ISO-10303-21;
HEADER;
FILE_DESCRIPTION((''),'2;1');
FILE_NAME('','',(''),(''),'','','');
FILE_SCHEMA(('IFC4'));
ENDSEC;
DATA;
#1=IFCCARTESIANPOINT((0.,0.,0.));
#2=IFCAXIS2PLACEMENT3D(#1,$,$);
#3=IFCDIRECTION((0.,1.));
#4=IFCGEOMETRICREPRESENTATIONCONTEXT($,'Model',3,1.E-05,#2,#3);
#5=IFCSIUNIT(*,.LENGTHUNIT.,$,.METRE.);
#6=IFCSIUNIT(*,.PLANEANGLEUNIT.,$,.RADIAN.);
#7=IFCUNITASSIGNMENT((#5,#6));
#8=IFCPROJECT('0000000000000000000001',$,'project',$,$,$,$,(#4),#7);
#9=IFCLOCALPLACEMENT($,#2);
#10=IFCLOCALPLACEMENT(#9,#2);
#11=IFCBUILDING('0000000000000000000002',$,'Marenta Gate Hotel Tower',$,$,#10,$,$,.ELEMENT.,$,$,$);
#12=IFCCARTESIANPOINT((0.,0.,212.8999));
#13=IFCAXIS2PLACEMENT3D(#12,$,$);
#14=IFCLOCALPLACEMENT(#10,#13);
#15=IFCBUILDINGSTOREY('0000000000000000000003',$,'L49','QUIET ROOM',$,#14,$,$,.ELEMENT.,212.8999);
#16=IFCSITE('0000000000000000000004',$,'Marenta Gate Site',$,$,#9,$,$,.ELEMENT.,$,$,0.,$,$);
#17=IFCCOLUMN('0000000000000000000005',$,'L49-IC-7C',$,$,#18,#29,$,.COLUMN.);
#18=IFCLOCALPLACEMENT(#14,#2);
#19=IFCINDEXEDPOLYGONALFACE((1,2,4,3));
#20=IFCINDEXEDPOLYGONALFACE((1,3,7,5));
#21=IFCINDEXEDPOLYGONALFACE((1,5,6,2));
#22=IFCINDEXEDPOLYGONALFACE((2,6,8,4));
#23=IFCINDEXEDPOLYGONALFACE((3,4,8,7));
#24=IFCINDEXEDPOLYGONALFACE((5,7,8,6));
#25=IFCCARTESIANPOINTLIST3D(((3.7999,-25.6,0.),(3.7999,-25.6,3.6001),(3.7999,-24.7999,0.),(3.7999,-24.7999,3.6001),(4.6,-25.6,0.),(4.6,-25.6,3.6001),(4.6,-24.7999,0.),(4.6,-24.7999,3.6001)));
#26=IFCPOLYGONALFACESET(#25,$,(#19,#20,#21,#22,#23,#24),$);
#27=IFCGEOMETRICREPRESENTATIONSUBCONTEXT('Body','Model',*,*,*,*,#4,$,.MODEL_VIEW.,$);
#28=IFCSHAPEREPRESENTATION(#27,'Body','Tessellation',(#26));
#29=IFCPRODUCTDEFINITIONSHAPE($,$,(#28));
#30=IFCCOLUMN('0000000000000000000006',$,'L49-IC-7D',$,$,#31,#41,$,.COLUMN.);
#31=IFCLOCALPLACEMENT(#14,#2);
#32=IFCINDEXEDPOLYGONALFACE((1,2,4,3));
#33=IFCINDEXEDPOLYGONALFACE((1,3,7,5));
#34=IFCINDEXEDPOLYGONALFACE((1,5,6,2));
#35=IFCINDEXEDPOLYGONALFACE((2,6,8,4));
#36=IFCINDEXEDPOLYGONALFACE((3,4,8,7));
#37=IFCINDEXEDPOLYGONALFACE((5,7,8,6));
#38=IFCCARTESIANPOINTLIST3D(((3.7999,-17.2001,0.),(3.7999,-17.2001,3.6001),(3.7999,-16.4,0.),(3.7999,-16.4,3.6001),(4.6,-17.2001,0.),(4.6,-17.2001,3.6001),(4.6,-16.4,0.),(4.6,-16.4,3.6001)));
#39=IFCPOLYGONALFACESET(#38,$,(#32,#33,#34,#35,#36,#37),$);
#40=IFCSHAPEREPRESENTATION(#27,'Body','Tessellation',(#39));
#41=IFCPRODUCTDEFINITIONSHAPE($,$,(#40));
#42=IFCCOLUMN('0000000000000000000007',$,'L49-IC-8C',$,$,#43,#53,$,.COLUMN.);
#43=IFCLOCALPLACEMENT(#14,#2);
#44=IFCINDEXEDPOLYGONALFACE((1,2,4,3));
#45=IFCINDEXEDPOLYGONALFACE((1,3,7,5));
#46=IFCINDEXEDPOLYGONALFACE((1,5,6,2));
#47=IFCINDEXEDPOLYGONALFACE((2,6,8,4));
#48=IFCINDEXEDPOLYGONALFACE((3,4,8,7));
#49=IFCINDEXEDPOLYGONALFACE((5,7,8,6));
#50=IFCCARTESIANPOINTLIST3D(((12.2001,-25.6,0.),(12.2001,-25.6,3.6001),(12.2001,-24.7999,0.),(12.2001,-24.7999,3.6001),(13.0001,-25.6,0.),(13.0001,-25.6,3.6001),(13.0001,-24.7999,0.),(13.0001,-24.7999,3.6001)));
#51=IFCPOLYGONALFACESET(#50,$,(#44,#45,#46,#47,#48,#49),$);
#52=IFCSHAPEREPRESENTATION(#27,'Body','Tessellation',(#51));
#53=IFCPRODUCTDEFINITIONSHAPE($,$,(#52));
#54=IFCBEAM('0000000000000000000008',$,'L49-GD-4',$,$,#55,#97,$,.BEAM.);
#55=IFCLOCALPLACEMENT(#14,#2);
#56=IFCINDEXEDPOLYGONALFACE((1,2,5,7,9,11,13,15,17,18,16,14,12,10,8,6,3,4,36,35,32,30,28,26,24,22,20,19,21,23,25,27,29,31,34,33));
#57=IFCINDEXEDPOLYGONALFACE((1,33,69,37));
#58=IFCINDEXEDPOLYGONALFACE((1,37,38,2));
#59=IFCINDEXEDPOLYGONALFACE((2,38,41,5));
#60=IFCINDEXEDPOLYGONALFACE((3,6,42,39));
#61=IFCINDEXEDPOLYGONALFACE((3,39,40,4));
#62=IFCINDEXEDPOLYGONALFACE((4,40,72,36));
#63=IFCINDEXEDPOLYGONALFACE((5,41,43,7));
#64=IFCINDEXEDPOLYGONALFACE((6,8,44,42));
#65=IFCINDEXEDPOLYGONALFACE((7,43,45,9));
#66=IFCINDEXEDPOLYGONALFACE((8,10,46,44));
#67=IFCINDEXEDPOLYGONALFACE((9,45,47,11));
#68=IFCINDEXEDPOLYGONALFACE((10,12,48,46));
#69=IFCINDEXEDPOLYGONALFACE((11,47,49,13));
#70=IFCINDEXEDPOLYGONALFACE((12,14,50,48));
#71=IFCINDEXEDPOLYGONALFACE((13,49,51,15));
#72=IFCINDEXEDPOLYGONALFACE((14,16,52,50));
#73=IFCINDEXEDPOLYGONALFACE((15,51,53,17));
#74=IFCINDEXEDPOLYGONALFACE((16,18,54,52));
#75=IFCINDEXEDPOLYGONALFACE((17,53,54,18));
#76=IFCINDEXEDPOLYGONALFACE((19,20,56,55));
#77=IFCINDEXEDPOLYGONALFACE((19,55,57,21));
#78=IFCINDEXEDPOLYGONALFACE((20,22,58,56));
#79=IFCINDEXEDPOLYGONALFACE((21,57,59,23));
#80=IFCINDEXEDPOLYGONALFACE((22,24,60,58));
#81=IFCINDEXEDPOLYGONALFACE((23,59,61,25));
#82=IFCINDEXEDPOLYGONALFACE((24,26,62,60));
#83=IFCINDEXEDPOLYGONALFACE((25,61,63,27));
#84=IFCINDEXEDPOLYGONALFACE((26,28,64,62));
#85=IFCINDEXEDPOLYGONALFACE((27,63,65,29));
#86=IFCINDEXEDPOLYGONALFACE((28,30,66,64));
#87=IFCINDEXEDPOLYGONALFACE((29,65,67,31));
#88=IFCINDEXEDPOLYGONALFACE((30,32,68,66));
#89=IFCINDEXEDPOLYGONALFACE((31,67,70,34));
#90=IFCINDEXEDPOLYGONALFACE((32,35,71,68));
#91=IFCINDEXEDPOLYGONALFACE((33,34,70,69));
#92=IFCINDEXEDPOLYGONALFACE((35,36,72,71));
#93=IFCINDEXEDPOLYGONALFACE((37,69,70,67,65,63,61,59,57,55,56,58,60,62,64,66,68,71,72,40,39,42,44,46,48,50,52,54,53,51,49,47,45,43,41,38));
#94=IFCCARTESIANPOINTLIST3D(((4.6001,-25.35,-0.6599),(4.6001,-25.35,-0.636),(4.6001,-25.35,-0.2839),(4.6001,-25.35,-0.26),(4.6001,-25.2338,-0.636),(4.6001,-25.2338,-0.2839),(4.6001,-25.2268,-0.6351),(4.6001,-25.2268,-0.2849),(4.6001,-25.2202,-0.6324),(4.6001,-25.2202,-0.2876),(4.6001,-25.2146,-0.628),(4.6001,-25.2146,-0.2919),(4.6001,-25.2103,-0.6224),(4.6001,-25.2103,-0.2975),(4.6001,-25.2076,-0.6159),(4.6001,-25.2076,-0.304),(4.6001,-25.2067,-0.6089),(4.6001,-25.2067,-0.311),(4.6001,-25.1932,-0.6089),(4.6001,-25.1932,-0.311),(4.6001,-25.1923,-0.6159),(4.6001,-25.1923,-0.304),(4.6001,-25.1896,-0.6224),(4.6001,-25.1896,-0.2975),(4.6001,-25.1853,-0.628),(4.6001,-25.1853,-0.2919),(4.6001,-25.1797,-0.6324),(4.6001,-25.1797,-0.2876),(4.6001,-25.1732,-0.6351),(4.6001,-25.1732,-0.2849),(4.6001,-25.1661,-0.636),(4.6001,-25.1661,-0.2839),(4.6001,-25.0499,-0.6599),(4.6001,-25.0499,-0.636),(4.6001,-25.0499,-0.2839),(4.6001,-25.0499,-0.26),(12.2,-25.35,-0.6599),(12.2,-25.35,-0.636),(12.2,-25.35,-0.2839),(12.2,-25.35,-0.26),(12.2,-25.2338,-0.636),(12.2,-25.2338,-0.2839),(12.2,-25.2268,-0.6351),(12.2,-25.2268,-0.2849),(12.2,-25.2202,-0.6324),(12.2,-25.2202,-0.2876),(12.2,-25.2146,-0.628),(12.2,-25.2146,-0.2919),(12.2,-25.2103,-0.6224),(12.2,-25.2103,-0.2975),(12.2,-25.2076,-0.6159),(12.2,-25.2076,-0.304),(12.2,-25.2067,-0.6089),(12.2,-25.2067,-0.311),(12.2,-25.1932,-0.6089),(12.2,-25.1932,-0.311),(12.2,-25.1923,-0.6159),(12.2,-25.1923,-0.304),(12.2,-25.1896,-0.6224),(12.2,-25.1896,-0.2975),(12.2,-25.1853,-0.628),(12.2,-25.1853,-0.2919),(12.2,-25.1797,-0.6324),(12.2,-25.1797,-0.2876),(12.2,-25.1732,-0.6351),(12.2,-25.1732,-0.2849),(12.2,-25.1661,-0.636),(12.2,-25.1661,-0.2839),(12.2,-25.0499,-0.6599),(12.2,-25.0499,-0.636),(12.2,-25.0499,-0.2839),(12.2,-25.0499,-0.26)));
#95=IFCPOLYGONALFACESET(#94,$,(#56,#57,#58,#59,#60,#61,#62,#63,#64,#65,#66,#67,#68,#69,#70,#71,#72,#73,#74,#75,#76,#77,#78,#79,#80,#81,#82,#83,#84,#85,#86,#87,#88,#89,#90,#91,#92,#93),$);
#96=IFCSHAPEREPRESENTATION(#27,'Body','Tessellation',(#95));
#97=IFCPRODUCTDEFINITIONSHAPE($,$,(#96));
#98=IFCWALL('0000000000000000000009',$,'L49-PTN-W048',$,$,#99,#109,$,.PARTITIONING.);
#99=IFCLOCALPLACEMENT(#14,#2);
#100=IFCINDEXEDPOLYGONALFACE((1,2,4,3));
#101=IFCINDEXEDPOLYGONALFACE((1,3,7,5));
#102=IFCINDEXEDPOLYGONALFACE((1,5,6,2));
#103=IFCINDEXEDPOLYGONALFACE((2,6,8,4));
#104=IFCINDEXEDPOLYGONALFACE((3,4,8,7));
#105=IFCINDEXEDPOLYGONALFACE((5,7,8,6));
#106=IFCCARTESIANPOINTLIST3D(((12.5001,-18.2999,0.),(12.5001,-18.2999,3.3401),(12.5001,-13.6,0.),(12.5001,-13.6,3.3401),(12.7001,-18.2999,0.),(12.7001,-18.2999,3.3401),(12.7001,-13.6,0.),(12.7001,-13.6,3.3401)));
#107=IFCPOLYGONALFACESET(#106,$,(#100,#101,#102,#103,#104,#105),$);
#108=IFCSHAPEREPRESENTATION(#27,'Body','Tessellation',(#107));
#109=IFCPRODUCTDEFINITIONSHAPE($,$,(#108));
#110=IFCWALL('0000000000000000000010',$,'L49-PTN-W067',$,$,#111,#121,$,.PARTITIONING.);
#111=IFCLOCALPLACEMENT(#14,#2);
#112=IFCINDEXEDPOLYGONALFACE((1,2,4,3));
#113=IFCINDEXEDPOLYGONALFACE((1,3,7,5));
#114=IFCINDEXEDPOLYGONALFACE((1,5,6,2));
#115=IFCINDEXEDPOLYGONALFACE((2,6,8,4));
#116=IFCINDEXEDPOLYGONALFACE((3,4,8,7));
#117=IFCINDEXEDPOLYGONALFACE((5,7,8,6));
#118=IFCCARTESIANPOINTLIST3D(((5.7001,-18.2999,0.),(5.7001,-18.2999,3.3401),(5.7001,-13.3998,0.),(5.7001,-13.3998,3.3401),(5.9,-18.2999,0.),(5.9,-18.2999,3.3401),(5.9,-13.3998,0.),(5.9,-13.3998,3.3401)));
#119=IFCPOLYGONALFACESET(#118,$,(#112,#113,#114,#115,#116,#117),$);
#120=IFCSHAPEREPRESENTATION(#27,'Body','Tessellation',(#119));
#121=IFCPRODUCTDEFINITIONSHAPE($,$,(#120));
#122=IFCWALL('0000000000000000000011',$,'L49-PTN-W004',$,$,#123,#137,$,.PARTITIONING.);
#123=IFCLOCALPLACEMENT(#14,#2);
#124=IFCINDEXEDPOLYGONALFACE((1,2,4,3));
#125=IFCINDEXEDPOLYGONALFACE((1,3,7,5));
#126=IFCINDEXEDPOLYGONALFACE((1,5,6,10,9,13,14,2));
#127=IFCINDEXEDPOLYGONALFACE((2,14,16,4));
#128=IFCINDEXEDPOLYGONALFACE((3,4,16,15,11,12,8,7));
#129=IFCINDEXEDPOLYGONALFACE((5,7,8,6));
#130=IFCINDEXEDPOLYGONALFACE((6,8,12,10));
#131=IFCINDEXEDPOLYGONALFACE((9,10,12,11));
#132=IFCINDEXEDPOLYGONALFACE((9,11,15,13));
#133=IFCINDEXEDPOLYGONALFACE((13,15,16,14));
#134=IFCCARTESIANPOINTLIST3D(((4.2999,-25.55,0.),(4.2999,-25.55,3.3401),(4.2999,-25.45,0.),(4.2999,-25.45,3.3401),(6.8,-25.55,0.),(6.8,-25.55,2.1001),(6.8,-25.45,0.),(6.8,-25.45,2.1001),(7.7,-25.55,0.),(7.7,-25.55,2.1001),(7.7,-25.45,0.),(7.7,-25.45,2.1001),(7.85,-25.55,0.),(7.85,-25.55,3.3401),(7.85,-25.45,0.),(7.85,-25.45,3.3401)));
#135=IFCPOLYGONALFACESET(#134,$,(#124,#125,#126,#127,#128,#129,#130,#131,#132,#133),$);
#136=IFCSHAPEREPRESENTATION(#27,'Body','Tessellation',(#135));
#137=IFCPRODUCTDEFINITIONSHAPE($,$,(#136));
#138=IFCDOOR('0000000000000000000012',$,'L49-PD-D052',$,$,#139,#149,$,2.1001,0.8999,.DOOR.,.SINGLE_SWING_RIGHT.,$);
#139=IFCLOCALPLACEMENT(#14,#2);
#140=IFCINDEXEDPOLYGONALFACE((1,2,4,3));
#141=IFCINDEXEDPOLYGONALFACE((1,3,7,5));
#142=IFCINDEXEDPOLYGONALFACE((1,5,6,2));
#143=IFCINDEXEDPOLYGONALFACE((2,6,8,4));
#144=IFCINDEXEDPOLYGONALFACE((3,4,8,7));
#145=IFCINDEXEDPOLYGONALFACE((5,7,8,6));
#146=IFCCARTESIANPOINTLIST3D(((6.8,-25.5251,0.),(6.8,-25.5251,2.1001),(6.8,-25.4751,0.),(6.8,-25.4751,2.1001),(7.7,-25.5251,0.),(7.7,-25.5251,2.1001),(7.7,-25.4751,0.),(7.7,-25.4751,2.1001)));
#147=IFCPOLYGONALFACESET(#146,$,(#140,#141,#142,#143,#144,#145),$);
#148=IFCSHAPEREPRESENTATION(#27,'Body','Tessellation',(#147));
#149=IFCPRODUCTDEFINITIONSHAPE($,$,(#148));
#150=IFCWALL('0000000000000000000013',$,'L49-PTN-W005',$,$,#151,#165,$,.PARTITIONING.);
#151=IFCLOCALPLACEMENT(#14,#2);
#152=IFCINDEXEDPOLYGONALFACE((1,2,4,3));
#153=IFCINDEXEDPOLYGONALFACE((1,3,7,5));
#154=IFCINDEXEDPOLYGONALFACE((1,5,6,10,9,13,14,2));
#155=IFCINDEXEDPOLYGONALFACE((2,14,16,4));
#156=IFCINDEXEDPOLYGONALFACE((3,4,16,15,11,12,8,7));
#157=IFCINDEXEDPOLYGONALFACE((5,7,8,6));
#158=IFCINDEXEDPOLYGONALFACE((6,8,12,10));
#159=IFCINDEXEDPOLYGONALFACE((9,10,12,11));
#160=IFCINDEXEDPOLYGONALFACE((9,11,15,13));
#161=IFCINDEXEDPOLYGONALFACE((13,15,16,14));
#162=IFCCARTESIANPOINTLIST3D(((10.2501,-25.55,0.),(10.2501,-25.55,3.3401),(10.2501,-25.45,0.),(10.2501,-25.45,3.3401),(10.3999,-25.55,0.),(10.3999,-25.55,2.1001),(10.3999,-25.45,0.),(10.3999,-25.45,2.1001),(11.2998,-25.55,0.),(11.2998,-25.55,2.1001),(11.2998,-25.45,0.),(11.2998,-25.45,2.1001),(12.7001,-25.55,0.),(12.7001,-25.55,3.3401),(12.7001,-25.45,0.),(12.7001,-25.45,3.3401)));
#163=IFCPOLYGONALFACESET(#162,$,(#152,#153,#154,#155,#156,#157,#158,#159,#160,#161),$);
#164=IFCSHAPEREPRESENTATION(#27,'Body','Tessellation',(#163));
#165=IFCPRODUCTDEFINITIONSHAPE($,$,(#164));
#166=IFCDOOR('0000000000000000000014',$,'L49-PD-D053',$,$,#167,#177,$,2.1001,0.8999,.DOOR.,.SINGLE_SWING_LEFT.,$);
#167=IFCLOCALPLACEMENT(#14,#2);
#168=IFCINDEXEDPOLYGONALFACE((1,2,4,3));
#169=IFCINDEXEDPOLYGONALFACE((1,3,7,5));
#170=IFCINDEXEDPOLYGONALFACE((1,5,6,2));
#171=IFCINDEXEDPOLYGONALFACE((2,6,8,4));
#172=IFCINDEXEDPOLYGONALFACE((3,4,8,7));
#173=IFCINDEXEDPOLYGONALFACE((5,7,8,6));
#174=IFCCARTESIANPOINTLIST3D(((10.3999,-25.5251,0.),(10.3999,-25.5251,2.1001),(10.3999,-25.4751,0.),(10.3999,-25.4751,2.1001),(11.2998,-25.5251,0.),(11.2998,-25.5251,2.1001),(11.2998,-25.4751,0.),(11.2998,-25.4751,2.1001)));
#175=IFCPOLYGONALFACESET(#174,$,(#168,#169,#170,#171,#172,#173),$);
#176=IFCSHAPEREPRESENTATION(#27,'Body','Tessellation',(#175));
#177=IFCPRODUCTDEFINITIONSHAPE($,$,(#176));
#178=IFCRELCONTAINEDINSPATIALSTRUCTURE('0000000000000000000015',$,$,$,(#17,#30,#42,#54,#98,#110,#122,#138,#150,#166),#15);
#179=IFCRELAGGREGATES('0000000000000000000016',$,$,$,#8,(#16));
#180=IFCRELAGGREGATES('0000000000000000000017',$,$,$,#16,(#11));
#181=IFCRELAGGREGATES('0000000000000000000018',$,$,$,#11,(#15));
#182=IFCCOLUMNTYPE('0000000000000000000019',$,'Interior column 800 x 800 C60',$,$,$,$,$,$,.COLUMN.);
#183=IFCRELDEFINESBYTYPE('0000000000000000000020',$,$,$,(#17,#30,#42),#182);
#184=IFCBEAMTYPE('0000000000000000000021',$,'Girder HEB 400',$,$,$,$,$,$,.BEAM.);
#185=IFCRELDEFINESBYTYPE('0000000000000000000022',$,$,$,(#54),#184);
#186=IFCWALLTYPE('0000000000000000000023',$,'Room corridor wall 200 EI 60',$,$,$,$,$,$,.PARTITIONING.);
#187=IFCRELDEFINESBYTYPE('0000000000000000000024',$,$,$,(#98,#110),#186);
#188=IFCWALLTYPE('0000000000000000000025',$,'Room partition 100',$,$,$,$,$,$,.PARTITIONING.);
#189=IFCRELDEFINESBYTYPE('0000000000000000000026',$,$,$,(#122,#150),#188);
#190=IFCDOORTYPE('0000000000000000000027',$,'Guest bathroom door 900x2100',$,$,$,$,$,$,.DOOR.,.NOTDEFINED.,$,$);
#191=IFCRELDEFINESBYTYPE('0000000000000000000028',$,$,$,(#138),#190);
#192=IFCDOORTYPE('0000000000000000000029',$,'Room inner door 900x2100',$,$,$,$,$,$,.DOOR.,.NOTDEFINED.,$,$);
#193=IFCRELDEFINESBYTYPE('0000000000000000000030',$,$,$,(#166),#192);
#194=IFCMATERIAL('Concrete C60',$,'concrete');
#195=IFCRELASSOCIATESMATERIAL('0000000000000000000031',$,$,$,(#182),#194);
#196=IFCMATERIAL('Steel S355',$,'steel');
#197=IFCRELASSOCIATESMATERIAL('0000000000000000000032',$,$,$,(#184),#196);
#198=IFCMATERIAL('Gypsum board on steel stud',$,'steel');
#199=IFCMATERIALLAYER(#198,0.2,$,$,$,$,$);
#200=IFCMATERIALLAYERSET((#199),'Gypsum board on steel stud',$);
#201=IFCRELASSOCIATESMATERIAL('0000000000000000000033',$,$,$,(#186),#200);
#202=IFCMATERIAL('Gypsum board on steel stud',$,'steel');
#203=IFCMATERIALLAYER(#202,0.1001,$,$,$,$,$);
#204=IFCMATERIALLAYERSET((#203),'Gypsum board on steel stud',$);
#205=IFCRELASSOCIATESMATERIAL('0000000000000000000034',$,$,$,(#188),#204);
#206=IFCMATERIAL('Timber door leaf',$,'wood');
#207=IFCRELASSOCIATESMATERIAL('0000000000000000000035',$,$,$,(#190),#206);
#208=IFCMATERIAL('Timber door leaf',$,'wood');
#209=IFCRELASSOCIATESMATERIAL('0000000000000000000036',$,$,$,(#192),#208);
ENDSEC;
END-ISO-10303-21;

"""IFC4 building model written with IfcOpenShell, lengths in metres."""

from ifc_helpers import new_model, si_unit, direction, frame, frame_2d, origin, origin_2d, place, context, subcontext, project, spatial, rectangle, i_section, extrude, material, layer, layer_set, material_profile, profile_set, type_object, element, fill, save


model = new_model("IFC4")

# Units and contexts
model_context = context("Model", 3, precision=1e-05, world=origin(), true_north=direction((0.0, 1.0)))
body_context = subcontext(model_context, "Body", "Model", "MODEL_VIEW")
ifc_project = project(units=[si_unit("LENGTHUNIT", "METRE"), si_unit("PLANEANGLEUNIT", "RADIAN")], contexts=[model_context])

# Site, building, storey
site_placement = place(None, origin())
site = spatial("IfcSite", under=ifc_project, at=site_placement, Name="Marenta Gate Site", CompositionType="ELEMENT", RefElevation=0.0)
building_placement = place(site_placement, origin())
building = spatial("IfcBuilding", under=site, at=building_placement, Name="Marenta Gate Hotel Tower", CompositionType="ELEMENT")
storey_placement = place(building_placement, frame((0.0, 0.0, 212.8999)))
storey = spatial("IfcBuildingStorey", under=building, at=storey_placement, Name="L49", Description="QUIET ROOM", CompositionType="ELEMENT", Elevation=212.8999)

# Columns
ifc_material_1 = material(Name="Concrete C60", Category="concrete")
ifc_material_profile_1 = material_profile(ifc_material_1, rectangle(XDim=0.8, YDim=0.8, at=origin_2d()), Name="800 x 800")
ifc_profile_set_1 = profile_set([ifc_material_profile_1], Name="Concrete C60")
column_type = type_object("IfcColumnType", Name="Interior column 800 x 800 C60", PredefinedType="COLUMN", material=ifc_profile_set_1)
for number, where, z_axis, x_axis, name in (
    (1, (4.2, -25.2, 0.0), (0.0, 0.0, 1.0), (1.0, 0.0, 0.0), "L49-IC-7C"),
    (2, (4.2, -16.8, 0.0), (0.0, 0.0, 1.0), (1.0, 0.0, 0.0), "L49-IC-7D"),
    (3, (12.6001, -25.2, 0.0), (0.0, 0.0, 1.0), (1.0, 0.0, 0.0), "L49-IC-8C"),
):
    element("IfcColumn", number, at=place(storey_placement, frame(where, z_axis=z_axis, x_axis=x_axis)), inside=storey, type_object=column_type, Name=name, PredefinedType="COLUMN", context=body_context, shape_type="SweptSolid", body=[
        extrude(rectangle(XDim=0.8, YDim=0.8, at=origin_2d()), origin(), (0.0, 0.0, 1.0), 3.6001),
    ])

# Beam
ifc_material_2 = material(Name="Steel S355", Category="steel")
ifc_material_profile_2 = material_profile(ifc_material_2, i_section(OverallWidth=0.3, OverallDepth=0.3999, WebThickness=0.0134, FlangeThickness=0.0239, FilletRadius=0.0271, at=origin_2d()), Name="HEB 400")
ifc_profile_set_2 = profile_set([ifc_material_profile_2], Name="Steel S355")
beam_type = type_object("IfcBeamType", Name="Girder HEB 400", PredefinedType="BEAM", material=ifc_profile_set_2)
beam_placement = place(storey_placement, frame((4.6001, -25.2, -0.46), z_axis=(1.0, 0.0, 0.0), x_axis=(0.0, 1.0, 0.0)))
element("IfcBeam", 4, at=beam_placement, inside=storey, type_object=beam_type, Name="L49-GD-4", PredefinedType="BEAM", context=body_context, shape_type="SweptSolid", body=[
    extrude(i_section(OverallWidth=0.3, OverallDepth=0.3999, WebThickness=0.0134, FlangeThickness=0.0239, FilletRadius=0.0271, at=origin_2d()), origin(), (0.0, 0.0, 1.0), 7.5999),
])

# Shared definitions
ifc_material_3 = material(Name="Gypsum board on steel stud", Category="steel")
ifc_layer_1 = layer(ifc_material_3, 0.2)
ifc_layer_set_1 = layer_set([ifc_layer_1], Name="Gypsum board on steel stud")
wall_type_1 = type_object("IfcWallType", Name="Room corridor wall 200 EI 60", PredefinedType="PARTITIONING", material=ifc_layer_set_1)

# Walls
wall_1_placement = place(storey_placement, frame((12.6001, -18.3, 0.0), z_axis=(0.0, 0.0, 1.0), x_axis=(0.0, 1.0, 0.0)))
element("IfcWall", 5, at=wall_1_placement, inside=storey, type_object=wall_type_1, Name="L49-PTN-W048", PredefinedType="PARTITIONING", context=body_context, shape_type="SweptSolid", body=[
    extrude(rectangle(XDim=4.7, YDim=0.2, at=frame_2d((2.3501, 0.0))), origin(), (0.0, 0.0, 1.0), 3.3401),
])
wall_2_placement = place(storey_placement, frame((5.8, -18.3, 0.0), z_axis=(0.0, 0.0, 1.0), x_axis=(0.0, 1.0, 0.0)))
element("IfcWall", 6, at=wall_2_placement, inside=storey, type_object=wall_type_1, Name="L49-PTN-W067", PredefinedType="PARTITIONING", context=body_context, shape_type="SweptSolid", body=[
    extrude(rectangle(XDim=4.9001, YDim=0.2, at=frame_2d((2.4502, 0.0))), origin(), (0.0, 0.0, 1.0), 3.3401),
])

# Walls, openings, doors
ifc_material_4 = material(Name="Gypsum board on steel stud", Category="steel")
ifc_layer_2 = layer(ifc_material_4, 0.1001)
ifc_layer_set_2 = layer_set([ifc_layer_2], Name="Gypsum board on steel stud")
wall_type_2 = type_object("IfcWallType", Name="Room partition 100", PredefinedType="PARTITIONING", material=ifc_layer_set_2)
wall_3_placement = place(storey_placement, frame((4.3, -25.5, 0.0), z_axis=(0.0, 0.0, 1.0), x_axis=(1.0, 0.0, 0.0)))
wall_3 = element("IfcWall", 7, at=wall_3_placement, inside=storey, type_object=wall_type_2, Name="L49-PTN-W004", PredefinedType="PARTITIONING", context=body_context, shape_type="SweptSolid", body=[
    extrude(rectangle(XDim=3.55, YDim=0.1001, at=frame_2d((1.7749, 0.0))), origin(), (0.0, 0.0, 1.0), 3.3401),
])
opening_1_placement = place(wall_3_placement, frame((2.5, 0.0, 0.0)))
opening_1 = element("IfcOpeningElement", 8, at=opening_1_placement, cuts=wall_3, PredefinedType="OPENING", context=body_context, shape_type="SweptSolid", body=[
    extrude(rectangle(XDim=0.8999, YDim=2.1001, at=frame_2d((0.45, 1.05))), frame((0.0, 0.05, 0.0), z_axis=(0.0, -1.0, 0.0), x_axis=(1.0, 0.0, 0.0)), (0.0, 0.0, 1.0), 0.1001),
])
ifc_material_5 = material(Name="Timber door leaf", Category="wood")
door_type_1 = type_object("IfcDoorType", Name="Guest bathroom door 900x2100", OperationType="NOTDEFINED", PredefinedType="DOOR", material=ifc_material_5)
door_1_placement = place(opening_1_placement, origin())
door_1 = element("IfcDoor", 9, at=door_1_placement, inside=storey, type_object=door_type_1, Name="L49-PD-D052", OperationType="SINGLE_SWING_RIGHT", OverallHeight=2.1001, OverallWidth=0.8999, PredefinedType="DOOR", context=body_context, shape_type="SweptSolid", body=[
    extrude(rectangle(XDim=0.8999, YDim=2.1001, at=frame_2d((0.45, 1.05))), frame((0.0, 0.0249, 0.0), z_axis=(0.0, -1.0, 0.0), x_axis=(1.0, 0.0, 0.0)), (0.0, 0.0, 1.0), 0.05),
])
fill(opening_1, door_1)
wall_4_placement = place(storey_placement, frame((10.25, -25.5, 0.0), z_axis=(0.0, 0.0, 1.0), x_axis=(1.0, 0.0, 0.0)))
wall_4 = element("IfcWall", 10, at=wall_4_placement, inside=storey, type_object=wall_type_2, Name="L49-PTN-W005", PredefinedType="PARTITIONING", context=body_context, shape_type="SweptSolid", body=[
    extrude(rectangle(XDim=2.45, YDim=0.1001, at=frame_2d((1.2251, 0.0))), origin(), (0.0, 0.0, 1.0), 3.3401),
])
opening_2_placement = place(wall_4_placement, frame((0.1499, 0.0, 0.0)))
opening_2 = element("IfcOpeningElement", 11, at=opening_2_placement, cuts=wall_4, PredefinedType="OPENING", context=body_context, shape_type="SweptSolid", body=[
    extrude(rectangle(XDim=0.8999, YDim=2.1001, at=frame_2d((0.45, 1.05))), frame((0.0, 0.05, 0.0), z_axis=(0.0, -1.0, 0.0), x_axis=(1.0, 0.0, 0.0)), (0.0, 0.0, 1.0), 0.1001),
])
ifc_material_6 = material(Name="Timber door leaf", Category="wood")
door_type_2 = type_object("IfcDoorType", Name="Room inner door 900x2100", OperationType="NOTDEFINED", PredefinedType="DOOR", material=ifc_material_6)
door_2_placement = place(opening_2_placement, origin())
door_2 = element("IfcDoor", 12, at=door_2_placement, inside=storey, type_object=door_type_2, Name="L49-PD-D053", OperationType="SINGLE_SWING_LEFT", OverallHeight=2.1001, OverallWidth=0.8999, PredefinedType="DOOR", context=body_context, shape_type="SweptSolid", body=[
    extrude(rectangle(XDim=0.8999, YDim=2.1001, at=frame_2d((0.45, 1.05))), frame((0.0, 0.0249, 0.0), z_axis=(0.0, -1.0, 0.0), x_axis=(1.0, 0.0, 0.0)), (0.0, 0.0, 1.0), 0.05),
])
fill(opening_2, door_2)

save(model, "model.ifc")
